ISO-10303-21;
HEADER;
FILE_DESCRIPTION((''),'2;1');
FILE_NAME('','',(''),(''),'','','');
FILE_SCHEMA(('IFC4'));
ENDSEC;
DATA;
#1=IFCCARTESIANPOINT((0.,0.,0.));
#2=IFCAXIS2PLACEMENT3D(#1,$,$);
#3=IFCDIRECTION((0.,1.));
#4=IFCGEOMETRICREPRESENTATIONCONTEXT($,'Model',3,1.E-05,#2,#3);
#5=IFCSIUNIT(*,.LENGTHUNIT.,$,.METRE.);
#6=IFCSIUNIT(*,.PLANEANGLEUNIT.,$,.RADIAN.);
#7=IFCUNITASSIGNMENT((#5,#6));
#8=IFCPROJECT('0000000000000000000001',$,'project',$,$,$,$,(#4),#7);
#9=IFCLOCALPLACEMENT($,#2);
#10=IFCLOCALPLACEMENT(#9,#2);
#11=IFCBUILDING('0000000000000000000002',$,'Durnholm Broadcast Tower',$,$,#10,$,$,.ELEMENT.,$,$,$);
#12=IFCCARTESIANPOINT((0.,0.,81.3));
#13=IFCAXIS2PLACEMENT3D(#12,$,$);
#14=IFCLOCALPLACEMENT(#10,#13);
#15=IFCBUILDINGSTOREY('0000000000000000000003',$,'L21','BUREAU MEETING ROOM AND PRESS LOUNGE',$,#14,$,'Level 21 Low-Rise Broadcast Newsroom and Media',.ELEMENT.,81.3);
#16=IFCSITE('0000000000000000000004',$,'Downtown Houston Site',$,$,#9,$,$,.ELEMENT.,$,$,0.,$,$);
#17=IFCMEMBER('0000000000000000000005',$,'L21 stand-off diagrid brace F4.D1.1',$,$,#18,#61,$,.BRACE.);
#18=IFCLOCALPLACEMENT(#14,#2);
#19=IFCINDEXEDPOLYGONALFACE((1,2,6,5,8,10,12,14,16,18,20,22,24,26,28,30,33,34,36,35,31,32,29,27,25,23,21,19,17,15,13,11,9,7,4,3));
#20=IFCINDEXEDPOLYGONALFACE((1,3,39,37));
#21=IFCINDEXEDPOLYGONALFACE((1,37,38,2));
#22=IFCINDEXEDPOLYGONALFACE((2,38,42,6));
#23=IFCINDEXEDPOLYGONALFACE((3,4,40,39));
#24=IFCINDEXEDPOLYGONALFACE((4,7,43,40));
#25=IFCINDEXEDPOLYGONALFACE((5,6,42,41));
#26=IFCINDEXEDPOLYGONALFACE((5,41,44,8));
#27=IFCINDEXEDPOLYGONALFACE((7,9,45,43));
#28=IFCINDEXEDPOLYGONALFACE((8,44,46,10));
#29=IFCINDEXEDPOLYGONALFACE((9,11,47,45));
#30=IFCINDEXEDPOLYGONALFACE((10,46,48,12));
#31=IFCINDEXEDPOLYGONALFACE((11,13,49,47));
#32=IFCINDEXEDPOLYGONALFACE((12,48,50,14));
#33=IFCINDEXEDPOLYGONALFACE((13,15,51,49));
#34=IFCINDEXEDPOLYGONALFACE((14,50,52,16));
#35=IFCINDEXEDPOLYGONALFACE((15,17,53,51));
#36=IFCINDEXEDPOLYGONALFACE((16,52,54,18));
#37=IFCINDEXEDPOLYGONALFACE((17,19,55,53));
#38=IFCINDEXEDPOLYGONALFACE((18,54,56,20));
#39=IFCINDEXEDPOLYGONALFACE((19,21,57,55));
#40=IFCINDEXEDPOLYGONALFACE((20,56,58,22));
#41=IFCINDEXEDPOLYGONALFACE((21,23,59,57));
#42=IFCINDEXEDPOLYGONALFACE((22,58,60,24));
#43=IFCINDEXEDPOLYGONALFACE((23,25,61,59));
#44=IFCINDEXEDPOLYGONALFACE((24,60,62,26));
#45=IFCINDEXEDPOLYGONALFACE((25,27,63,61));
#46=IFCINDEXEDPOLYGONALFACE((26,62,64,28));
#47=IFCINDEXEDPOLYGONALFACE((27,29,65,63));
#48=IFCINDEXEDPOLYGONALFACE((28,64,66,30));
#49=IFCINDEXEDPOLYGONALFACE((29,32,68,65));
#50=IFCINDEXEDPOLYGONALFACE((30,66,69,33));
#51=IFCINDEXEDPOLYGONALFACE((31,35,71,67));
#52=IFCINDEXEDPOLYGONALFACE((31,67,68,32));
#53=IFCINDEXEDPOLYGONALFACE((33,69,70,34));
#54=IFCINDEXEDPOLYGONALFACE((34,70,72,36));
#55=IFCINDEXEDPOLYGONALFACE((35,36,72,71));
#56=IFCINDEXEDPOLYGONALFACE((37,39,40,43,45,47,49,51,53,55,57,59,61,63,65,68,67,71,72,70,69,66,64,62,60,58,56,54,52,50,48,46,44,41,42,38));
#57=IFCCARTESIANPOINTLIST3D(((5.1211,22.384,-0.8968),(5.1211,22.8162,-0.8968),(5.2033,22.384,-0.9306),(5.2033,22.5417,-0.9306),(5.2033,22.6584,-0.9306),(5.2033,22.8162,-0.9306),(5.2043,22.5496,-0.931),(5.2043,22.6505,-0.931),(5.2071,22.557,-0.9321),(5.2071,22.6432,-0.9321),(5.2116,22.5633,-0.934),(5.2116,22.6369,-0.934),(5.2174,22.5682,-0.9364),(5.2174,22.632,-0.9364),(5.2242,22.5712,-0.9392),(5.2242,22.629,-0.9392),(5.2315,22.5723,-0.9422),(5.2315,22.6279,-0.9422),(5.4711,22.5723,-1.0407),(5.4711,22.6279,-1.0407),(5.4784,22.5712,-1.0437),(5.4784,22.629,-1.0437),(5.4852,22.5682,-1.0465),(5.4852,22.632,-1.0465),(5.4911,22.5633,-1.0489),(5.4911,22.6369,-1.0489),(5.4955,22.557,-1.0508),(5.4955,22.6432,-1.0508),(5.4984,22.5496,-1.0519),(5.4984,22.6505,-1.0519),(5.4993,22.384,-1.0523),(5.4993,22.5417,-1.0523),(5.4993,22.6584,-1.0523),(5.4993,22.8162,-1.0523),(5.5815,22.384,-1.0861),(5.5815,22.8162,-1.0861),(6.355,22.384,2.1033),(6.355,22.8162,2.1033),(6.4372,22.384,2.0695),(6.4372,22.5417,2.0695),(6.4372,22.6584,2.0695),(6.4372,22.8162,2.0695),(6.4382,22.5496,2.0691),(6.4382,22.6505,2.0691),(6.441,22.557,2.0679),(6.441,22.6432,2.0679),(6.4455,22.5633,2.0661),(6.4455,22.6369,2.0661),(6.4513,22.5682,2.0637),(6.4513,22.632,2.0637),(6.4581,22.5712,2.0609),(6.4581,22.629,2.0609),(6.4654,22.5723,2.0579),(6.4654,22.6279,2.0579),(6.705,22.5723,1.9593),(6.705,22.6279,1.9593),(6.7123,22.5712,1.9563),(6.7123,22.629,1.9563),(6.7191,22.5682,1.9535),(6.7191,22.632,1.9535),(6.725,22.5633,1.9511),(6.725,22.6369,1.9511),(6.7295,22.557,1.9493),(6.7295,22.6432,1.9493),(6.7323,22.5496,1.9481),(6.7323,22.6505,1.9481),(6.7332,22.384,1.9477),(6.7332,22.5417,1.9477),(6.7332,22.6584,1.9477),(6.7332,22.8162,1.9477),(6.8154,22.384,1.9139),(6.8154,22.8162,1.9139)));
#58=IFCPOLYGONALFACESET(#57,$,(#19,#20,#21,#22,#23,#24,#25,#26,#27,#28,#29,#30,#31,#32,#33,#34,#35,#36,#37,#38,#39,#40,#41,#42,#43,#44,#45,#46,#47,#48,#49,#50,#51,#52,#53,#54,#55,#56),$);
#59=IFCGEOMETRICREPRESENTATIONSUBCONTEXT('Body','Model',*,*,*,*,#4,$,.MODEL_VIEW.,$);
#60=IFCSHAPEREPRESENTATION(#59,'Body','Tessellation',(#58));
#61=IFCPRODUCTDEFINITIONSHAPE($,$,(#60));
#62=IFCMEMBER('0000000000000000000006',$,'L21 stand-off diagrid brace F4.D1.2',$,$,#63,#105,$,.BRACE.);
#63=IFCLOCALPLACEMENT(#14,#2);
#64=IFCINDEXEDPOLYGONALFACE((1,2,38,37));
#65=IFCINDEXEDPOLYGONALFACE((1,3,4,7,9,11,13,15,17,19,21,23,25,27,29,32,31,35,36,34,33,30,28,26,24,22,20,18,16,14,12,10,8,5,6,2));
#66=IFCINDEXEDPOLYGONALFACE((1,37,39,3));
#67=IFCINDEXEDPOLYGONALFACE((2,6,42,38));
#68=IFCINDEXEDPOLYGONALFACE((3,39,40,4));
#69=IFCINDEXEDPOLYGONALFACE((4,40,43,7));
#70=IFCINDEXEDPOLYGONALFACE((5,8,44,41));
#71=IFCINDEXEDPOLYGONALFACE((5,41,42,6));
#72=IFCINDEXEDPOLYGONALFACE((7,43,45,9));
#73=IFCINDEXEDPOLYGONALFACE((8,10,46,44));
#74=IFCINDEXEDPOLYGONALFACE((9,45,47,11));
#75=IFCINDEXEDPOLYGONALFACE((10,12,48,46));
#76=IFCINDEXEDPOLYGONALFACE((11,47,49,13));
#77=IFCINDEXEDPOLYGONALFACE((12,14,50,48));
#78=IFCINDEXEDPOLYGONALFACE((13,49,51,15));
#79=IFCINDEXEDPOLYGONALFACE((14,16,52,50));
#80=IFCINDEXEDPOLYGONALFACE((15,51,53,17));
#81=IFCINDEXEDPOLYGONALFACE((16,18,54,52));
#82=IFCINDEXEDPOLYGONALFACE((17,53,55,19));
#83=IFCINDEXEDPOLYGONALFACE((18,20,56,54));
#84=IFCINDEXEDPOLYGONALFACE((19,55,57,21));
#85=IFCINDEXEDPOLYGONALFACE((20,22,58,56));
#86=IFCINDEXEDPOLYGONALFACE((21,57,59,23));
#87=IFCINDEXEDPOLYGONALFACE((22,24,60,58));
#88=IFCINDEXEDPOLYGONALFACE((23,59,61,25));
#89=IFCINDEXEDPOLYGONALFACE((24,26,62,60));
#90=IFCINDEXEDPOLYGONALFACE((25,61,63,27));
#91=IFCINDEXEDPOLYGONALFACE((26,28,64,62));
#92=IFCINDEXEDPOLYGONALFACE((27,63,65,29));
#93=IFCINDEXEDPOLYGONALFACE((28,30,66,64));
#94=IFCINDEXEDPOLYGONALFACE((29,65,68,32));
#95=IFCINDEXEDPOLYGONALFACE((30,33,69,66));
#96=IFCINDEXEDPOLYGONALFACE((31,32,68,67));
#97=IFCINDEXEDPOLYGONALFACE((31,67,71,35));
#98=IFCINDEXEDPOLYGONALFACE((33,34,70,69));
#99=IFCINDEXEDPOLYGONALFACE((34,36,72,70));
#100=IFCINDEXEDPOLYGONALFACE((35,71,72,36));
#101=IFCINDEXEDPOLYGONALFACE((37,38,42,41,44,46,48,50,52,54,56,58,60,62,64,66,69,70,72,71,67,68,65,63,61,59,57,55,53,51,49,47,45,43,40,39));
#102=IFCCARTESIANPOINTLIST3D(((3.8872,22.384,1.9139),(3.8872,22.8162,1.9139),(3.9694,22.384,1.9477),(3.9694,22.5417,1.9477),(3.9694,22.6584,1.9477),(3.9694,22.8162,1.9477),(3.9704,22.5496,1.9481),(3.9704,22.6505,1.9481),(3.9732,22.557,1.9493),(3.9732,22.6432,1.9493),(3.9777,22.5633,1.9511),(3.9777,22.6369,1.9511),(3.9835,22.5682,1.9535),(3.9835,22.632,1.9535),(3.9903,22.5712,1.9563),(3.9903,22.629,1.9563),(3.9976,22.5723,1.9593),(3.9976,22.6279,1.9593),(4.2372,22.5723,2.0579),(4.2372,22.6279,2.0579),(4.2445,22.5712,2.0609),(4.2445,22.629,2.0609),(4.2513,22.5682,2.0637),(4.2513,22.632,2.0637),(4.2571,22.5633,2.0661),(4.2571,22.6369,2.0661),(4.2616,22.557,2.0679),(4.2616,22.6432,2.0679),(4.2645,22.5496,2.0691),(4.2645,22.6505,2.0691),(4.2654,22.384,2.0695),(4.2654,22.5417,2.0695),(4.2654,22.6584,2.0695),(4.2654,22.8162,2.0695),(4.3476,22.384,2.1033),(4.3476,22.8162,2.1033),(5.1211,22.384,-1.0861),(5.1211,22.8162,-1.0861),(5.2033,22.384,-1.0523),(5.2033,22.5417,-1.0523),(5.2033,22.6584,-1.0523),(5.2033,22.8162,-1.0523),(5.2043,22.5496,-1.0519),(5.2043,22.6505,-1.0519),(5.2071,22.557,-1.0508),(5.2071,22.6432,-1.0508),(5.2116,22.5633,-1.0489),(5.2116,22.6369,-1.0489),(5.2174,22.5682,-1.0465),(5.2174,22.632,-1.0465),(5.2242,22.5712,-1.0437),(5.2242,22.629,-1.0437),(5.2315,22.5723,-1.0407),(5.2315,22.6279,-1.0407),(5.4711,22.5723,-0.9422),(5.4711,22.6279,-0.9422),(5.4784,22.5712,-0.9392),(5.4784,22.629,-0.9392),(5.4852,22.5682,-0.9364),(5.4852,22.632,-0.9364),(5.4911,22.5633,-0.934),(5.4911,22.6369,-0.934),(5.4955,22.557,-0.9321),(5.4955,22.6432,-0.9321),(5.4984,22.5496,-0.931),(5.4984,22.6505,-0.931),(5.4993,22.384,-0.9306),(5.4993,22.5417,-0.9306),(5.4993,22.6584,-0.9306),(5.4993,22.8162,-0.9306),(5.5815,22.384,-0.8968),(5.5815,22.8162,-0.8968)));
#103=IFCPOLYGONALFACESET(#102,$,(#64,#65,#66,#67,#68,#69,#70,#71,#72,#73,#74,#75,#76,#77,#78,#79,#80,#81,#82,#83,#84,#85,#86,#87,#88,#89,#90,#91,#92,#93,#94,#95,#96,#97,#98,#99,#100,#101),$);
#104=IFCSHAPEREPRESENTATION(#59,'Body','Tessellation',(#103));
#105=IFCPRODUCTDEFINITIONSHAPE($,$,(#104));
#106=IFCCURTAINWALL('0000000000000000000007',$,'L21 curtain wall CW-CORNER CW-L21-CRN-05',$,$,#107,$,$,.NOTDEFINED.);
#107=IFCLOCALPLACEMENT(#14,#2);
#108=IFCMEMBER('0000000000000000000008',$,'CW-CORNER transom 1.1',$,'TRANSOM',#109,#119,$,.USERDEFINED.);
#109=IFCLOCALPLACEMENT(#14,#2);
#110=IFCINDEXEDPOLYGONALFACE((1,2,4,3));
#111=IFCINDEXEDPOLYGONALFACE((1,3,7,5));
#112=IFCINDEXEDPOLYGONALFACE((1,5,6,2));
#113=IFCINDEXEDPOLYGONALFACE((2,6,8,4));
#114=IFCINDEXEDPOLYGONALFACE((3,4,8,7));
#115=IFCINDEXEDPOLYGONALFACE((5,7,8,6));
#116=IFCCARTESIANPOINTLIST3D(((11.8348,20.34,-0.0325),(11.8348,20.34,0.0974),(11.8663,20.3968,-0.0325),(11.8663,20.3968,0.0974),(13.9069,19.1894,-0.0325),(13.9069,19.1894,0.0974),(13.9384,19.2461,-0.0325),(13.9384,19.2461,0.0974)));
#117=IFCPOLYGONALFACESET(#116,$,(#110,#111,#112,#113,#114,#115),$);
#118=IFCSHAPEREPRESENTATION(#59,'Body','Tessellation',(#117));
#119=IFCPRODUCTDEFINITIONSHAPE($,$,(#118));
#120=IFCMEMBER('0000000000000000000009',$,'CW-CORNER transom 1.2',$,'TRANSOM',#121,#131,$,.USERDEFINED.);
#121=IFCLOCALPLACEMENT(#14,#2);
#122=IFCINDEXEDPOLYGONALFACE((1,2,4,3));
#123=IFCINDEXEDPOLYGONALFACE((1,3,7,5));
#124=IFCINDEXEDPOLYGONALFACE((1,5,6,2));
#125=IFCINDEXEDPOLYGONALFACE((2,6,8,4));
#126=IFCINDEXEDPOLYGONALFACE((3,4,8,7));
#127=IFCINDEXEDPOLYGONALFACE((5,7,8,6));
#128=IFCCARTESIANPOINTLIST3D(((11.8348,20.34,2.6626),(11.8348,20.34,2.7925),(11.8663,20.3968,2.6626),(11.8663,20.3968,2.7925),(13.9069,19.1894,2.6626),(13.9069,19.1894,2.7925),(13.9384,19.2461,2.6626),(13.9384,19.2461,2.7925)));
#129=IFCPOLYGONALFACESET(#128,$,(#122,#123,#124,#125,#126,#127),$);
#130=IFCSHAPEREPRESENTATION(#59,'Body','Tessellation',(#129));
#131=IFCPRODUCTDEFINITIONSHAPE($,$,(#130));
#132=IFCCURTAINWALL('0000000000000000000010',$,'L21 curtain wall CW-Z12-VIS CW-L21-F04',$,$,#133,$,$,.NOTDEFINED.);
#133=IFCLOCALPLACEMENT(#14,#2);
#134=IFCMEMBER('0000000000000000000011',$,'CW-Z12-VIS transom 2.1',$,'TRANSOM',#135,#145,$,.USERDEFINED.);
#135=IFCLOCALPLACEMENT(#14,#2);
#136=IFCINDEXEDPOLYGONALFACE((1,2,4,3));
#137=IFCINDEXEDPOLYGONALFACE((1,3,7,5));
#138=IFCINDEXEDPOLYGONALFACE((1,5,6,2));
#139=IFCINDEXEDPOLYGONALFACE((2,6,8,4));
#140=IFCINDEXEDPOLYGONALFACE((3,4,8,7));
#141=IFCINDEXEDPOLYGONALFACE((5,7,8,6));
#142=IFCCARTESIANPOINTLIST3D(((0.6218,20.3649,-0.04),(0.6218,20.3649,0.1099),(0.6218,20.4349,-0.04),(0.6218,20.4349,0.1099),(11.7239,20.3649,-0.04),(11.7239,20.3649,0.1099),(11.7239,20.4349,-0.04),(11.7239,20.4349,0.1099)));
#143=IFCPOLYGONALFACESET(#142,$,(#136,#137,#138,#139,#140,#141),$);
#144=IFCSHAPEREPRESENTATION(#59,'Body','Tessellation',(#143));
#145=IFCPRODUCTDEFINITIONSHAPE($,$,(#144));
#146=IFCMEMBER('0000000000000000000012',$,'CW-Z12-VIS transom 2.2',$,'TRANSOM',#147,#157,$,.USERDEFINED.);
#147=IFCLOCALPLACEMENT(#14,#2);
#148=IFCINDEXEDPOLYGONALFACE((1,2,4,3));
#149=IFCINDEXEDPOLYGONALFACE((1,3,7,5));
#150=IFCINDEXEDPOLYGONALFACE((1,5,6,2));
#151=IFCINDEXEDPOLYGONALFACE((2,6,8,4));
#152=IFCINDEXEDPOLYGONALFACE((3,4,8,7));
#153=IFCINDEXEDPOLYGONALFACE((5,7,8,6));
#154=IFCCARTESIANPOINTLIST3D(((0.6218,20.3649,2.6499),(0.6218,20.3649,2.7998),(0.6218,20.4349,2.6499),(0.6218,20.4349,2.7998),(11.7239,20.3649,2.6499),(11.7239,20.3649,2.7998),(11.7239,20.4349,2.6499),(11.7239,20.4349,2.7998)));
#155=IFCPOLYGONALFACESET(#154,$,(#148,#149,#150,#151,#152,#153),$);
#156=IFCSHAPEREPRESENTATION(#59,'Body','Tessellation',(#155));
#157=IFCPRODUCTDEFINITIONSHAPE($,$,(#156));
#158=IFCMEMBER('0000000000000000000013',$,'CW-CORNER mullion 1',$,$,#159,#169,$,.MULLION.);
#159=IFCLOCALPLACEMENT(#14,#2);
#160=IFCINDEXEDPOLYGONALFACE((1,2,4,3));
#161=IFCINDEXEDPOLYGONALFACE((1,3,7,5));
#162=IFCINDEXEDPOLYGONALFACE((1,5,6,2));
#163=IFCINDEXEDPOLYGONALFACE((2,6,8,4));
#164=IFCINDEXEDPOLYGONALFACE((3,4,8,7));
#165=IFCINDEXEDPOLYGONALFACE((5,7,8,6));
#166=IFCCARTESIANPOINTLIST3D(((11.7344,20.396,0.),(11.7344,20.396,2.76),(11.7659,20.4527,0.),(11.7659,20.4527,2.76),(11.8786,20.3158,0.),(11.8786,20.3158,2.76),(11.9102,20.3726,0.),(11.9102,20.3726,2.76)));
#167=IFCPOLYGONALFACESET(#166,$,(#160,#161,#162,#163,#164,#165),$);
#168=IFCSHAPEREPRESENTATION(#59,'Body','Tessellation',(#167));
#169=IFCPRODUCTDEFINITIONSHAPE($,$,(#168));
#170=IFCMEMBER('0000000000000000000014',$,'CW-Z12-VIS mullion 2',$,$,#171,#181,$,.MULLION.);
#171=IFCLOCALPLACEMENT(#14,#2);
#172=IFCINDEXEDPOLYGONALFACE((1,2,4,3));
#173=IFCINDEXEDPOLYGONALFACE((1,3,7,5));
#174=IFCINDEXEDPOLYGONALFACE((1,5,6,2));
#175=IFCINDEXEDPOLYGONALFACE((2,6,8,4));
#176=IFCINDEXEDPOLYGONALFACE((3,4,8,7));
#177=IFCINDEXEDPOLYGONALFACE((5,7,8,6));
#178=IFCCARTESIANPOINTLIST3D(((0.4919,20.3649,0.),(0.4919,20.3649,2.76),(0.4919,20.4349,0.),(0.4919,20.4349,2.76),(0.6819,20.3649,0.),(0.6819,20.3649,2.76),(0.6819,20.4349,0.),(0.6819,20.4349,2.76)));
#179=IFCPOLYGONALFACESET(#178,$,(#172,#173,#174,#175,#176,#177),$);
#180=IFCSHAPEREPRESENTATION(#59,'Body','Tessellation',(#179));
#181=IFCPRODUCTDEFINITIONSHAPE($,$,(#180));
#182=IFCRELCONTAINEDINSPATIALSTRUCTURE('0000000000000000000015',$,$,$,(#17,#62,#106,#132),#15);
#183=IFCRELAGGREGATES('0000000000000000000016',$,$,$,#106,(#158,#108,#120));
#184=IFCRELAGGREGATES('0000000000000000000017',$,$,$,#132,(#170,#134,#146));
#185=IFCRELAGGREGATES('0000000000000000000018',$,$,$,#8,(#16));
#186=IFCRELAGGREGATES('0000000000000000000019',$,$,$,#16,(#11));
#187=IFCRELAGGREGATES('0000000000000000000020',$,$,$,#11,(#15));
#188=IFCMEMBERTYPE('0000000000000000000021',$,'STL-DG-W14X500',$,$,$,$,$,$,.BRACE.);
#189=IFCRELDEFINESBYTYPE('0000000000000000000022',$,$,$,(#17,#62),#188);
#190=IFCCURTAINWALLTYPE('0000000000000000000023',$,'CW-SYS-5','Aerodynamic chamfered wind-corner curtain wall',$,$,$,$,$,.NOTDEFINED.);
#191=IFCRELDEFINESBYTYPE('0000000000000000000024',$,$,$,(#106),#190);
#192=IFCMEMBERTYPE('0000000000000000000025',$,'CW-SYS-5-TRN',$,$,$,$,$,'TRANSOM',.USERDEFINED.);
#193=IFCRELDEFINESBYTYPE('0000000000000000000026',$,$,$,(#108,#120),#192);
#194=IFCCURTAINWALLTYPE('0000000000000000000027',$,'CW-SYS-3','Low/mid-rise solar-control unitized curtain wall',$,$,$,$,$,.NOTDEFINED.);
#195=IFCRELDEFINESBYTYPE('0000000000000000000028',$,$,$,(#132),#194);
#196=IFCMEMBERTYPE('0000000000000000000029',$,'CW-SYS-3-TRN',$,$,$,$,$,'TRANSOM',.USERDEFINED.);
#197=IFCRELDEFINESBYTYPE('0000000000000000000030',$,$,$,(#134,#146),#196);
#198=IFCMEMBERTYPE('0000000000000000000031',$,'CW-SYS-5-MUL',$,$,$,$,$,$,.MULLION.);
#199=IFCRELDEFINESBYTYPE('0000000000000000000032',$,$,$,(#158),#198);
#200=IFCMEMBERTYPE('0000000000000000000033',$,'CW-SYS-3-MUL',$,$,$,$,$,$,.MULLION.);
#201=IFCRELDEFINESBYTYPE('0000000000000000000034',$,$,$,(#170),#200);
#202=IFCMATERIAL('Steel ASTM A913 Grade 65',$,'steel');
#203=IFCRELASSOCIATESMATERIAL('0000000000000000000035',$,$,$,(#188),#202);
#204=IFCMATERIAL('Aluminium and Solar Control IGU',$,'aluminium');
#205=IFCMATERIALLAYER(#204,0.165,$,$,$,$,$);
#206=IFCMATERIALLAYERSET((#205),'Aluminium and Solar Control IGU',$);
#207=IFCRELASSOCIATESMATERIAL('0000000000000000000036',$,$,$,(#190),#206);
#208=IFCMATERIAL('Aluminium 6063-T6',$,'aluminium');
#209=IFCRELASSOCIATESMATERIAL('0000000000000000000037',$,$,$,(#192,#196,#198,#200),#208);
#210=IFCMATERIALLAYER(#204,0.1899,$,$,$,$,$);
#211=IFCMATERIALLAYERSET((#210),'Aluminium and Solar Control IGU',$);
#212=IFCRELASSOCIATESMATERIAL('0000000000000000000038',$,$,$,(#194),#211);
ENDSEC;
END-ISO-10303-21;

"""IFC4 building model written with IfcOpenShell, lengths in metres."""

from ifc_helpers import new_model, si_unit, direction, frame, origin, origin_2d, place, context, subcontext, project, spatial, rectangle, i_section, extrude, source, transform, mapped, material, layer, layer_set, material_profile, profile_set, type_object, type_shapes, element, aggregate, save


model = new_model("IFC4")

# Units and contexts
model_context = context("Model", 3, precision=1e-05, world=origin(), true_north=direction((0.0, 1.0)))
body_context = subcontext(model_context, "Body", "Model", "MODEL_VIEW")
ifc_project = project(units=[si_unit("LENGTHUNIT", "METRE"), si_unit("PLANEANGLEUNIT", "RADIAN")], contexts=[model_context])

# Site, building, storey
site_placement = place(None, origin())
site = spatial("IfcSite", under=ifc_project, at=site_placement, Name="Downtown Houston Site", CompositionType="ELEMENT", RefElevation=0.0)
building_placement = place(site_placement, origin())
building = spatial("IfcBuilding", under=site, at=building_placement, Name="Durnholm Broadcast Tower", CompositionType="ELEMENT")
storey_placement = place(building_placement, frame((0.0, 0.0, 81.3)))
storey = spatial("IfcBuildingStorey", under=building, at=storey_placement, Name="L21", Description="BUREAU MEETING ROOM AND PRESS LOUNGE", LongName="Level 21 Low-Rise Broadcast Newsroom and Media", CompositionType="ELEMENT", Elevation=81.3)

# Members
ifc_material_1 = material(Name="Steel ASTM A913 Grade 65", Category="steel")
ifc_material_profile_1 = material_profile(ifc_material_1, i_section(OverallWidth=0.4321, OverallDepth=0.4978, WebThickness=0.0557, FlangeThickness=0.0889, FilletRadius=0.0305, at=origin_2d()), Name="W14X500")
ifc_profile_set_1 = profile_set([ifc_material_profile_1], Name="Steel ASTM A913 Grade 65")
member_type_1 = type_object("IfcMemberType", Name="STL-DG-W14X500", PredefinedType="BRACE", material=ifc_profile_set_1)
shared_shape_1 = source(origin(), body_context, "Body", "SweptSolid", [
    extrude(i_section(OverallWidth=0.4321, OverallDepth=0.4978, WebThickness=0.0557, FlangeThickness=0.0889, FilletRadius=0.0305, at=origin_2d()), origin(), (0.0, 0.0, 1.0), 3.2439),
])
type_shapes(member_type_1, [shared_shape_1])
for number, where, z_axis, x_axis, name in (
    (1, (5.3513, 22.6001, -0.9915), (0.380379, 0.0, 0.924831), (0.0, 1.0, 0.0), "L21 stand-off diagrid brace F4.D1.1"),
    (2, (5.3513, 22.6001, -0.9915), (-0.380379, 0.0, 0.924831), (0.0, -1.0, 0.0), "L21 stand-off diagrid brace F4.D1.2"),
):
    element("IfcMember", number, at=place(storey_placement, frame(where, z_axis=z_axis, x_axis=x_axis)), inside=storey, type_object=member_type_1, Name=name, PredefinedType="BRACE", context=body_context, shape_type="MappedRepresentation", body=[
        mapped(shared_shape_1, transform((0.0, 0.0, 0.0), x_axis=(1.0, 0.0, 0.0), y_axis=(0.0, 1.0, 0.0), z_axis=(0.0, 0.0, 1.0), scale=1.0)),
    ])

# Curtain walls, members
ifc_material_2 = material(Name="Aluminium and Solar Control IGU", Category="aluminium")
ifc_layer_1 = layer(ifc_material_2, 0.165)
ifc_layer_set_1 = layer_set([ifc_layer_1], Name="Aluminium and Solar Control IGU")
curtain_wall_type_1 = type_object("IfcCurtainWallType", Name="CW-SYS-5", Description="Aerodynamic chamfered wind-corner curtain wall", PredefinedType="NOTDEFINED", material=ifc_layer_set_1)
curtain_wall_1_placement = place(storey_placement, origin())
curtain_wall_1 = element("IfcCurtainWall", 3, at=curtain_wall_1_placement, inside=storey, type_object=curtain_wall_type_1, Name="L21 curtain wall CW-CORNER CW-L21-CRN-05", PredefinedType="NOTDEFINED")
ifc_material_3 = material(Name="Aluminium 6063-T6", Category="aluminium")
ifc_material_profile_2 = material_profile(ifc_material_3, rectangle(XDim=0.0649, YDim=0.1299, at=origin_2d()), Name="CWT65X130")
ifc_profile_set_2 = profile_set([ifc_material_profile_2], Name="Aluminium 6063-T6")
member_type_2 = type_object("IfcMemberType", Name="CW-SYS-5-TRN", ElementType="TRANSOM", PredefinedType="USERDEFINED", material=ifc_profile_set_2)
shared_shape_2 = source(origin(), body_context, "Body", "SweptSolid", [
    extrude(rectangle(XDim=0.0649, YDim=0.1299, at=origin_2d()), origin(), (0.0, 0.0, 1.0), 2.3701),
])
type_shapes(member_type_2, [shared_shape_2])
member_1_placement = place(storey_placement, frame((11.8506, 20.3684, 0.0325), z_axis=(0.874245, -0.485485, 0.0), x_axis=(0.485485, 0.874245, 0.0)))
member_1 = element("IfcMember", 4, at=member_1_placement, type_object=member_type_2, Name="CW-CORNER transom 1.1", ObjectType="TRANSOM", PredefinedType="USERDEFINED", context=body_context, shape_type="MappedRepresentation", body=[
    mapped(shared_shape_2, transform((0.0, 0.0, 0.0), x_axis=(1.0, 0.0, 0.0), y_axis=(0.0, 1.0, 0.0), z_axis=(0.0, 0.0, 1.0), scale=1.0)),
])
member_2_placement = place(storey_placement, frame((11.8506, 20.3684, 2.7275), z_axis=(0.874245, -0.485485, 0.0), x_axis=(0.485485, 0.874245, 0.0)))
member_2 = element("IfcMember", 5, at=member_2_placement, type_object=member_type_2, Name="CW-CORNER transom 1.2", ObjectType="TRANSOM", PredefinedType="USERDEFINED", context=body_context, shape_type="MappedRepresentation", body=[
    mapped(shared_shape_2, transform((0.0, 0.0, 0.0), x_axis=(1.0, 0.0, 0.0), y_axis=(0.0, 1.0, 0.0), z_axis=(0.0, 0.0, 1.0), scale=1.0)),
])
ifc_layer_2 = layer(ifc_material_2, 0.1899)
ifc_layer_set_2 = layer_set([ifc_layer_2], Name="Aluminium and Solar Control IGU")
curtain_wall_type_2 = type_object("IfcCurtainWallType", Name="CW-SYS-3", Description="Low/mid-rise solar-control unitized curtain wall", PredefinedType="NOTDEFINED", material=ifc_layer_set_2)
curtain_wall_2_placement = place(storey_placement, origin())
curtain_wall_2 = element("IfcCurtainWall", 6, at=curtain_wall_2_placement, inside=storey, type_object=curtain_wall_type_2, Name="L21 curtain wall CW-Z12-VIS CW-L21-F04", PredefinedType="NOTDEFINED")
ifc_material_profile_3 = material_profile(ifc_material_3, rectangle(XDim=0.0701, YDim=0.1499, at=origin_2d()), Name="CWT70X150")
ifc_profile_set_3 = profile_set([ifc_material_profile_3], Name="Aluminium 6063-T6")
member_type_3 = type_object("IfcMemberType", Name="CW-SYS-3-TRN", ElementType="TRANSOM", PredefinedType="USERDEFINED", material=ifc_profile_set_3)
shared_shape_3 = source(origin(), body_context, "Body", "SweptSolid", [
    extrude(rectangle(XDim=0.0701, YDim=0.1499, at=origin_2d()), origin(), (0.0, 0.0, 1.0), 11.1021),
])
type_shapes(member_type_3, [shared_shape_3])
member_3_placement = place(storey_placement, frame((0.6218, 20.3999, 0.0349), z_axis=(1.0, 0.0, 0.0), x_axis=(0.0, 1.0, 0.0)))
member_3 = element("IfcMember", 7, at=member_3_placement, type_object=member_type_3, Name="CW-Z12-VIS transom 2.1", ObjectType="TRANSOM", PredefinedType="USERDEFINED", context=body_context, shape_type="MappedRepresentation", body=[
    mapped(shared_shape_3, transform((0.0, 0.0, 0.0), x_axis=(1.0, 0.0, 0.0), y_axis=(0.0, 1.0, 0.0), z_axis=(0.0, 0.0, 1.0), scale=1.0)),
])
member_4_placement = place(storey_placement, frame((0.6218, 20.3999, 2.7249), z_axis=(1.0, 0.0, 0.0), x_axis=(0.0, 1.0, 0.0)))
member_4 = element("IfcMember", 8, at=member_4_placement, type_object=member_type_3, Name="CW-Z12-VIS transom 2.2", ObjectType="TRANSOM", PredefinedType="USERDEFINED", context=body_context, shape_type="MappedRepresentation", body=[
    mapped(shared_shape_3, transform((0.0, 0.0, 0.0), x_axis=(1.0, 0.0, 0.0), y_axis=(0.0, 1.0, 0.0), z_axis=(0.0, 0.0, 1.0), scale=1.0)),
])

# Members
ifc_material_profile_4 = material_profile(ifc_material_3, rectangle(XDim=0.0649, YDim=0.165, at=origin_2d()), Name="CWM65X165")
ifc_profile_set_4 = profile_set([ifc_material_profile_4], Name="Aluminium 6063-T6")
member_type_4 = type_object("IfcMemberType", Name="CW-SYS-5-MUL", PredefinedType="MULLION", material=ifc_profile_set_4)
shared_shape_4 = source(origin(), body_context, "Body", "SweptSolid", [
    extrude(rectangle(XDim=0.0649, YDim=0.165, at=origin_2d()), origin(), (0.0, 0.0, 1.0), 2.76),
])
type_shapes(member_type_4, [shared_shape_4])
member_5_placement = place(storey_placement, frame((11.8223, 20.3843, 0.0), z_axis=(0.0, 0.0, 1.0), x_axis=(0.485483, 0.874246, 0.0)))
member_5 = element("IfcMember", 9, at=member_5_placement, type_object=member_type_4, Name="CW-CORNER mullion 1", PredefinedType="MULLION", context=body_context, shape_type="MappedRepresentation", body=[
    mapped(shared_shape_4, transform((0.0, 0.0, 0.0), x_axis=(1.0, 0.0, 0.0), y_axis=(0.0, 1.0, 0.0), z_axis=(0.0, 0.0, 1.0), scale=1.0)),
])
aggregate(curtain_wall_1, [member_5, member_1, member_2])
ifc_material_profile_5 = material_profile(ifc_material_3, rectangle(XDim=0.0701, YDim=0.1899, at=origin_2d()), Name="CWM70X190")
ifc_profile_set_5 = profile_set([ifc_material_profile_5], Name="Aluminium 6063-T6")
member_type_5 = type_object("IfcMemberType", Name="CW-SYS-3-MUL", PredefinedType="MULLION", material=ifc_profile_set_5)
shared_shape_5 = source(origin(), body_context, "Body", "SweptSolid", [
    extrude(rectangle(XDim=0.0701, YDim=0.1899, at=origin_2d()), origin(), (0.0, 0.0, 1.0), 2.76),
])
type_shapes(member_type_5, [shared_shape_5])
member_6_placement = place(storey_placement, frame((0.5869, 20.3999, 0.0), z_axis=(0.0, 0.0, 1.0), x_axis=(0.0, 1.0, 0.0)))
member_6 = element("IfcMember", 10, at=member_6_placement, type_object=member_type_5, Name="CW-Z12-VIS mullion 2", PredefinedType="MULLION", context=body_context, shape_type="MappedRepresentation", body=[
    mapped(shared_shape_5, transform((0.0, 0.0, 0.0), x_axis=(1.0, 0.0, 0.0), y_axis=(0.0, 1.0, 0.0), z_axis=(0.0, 0.0, 1.0), scale=1.0)),
])

aggregate(curtain_wall_2, [member_6, member_3, member_4])

save(model, "model.ifc")
